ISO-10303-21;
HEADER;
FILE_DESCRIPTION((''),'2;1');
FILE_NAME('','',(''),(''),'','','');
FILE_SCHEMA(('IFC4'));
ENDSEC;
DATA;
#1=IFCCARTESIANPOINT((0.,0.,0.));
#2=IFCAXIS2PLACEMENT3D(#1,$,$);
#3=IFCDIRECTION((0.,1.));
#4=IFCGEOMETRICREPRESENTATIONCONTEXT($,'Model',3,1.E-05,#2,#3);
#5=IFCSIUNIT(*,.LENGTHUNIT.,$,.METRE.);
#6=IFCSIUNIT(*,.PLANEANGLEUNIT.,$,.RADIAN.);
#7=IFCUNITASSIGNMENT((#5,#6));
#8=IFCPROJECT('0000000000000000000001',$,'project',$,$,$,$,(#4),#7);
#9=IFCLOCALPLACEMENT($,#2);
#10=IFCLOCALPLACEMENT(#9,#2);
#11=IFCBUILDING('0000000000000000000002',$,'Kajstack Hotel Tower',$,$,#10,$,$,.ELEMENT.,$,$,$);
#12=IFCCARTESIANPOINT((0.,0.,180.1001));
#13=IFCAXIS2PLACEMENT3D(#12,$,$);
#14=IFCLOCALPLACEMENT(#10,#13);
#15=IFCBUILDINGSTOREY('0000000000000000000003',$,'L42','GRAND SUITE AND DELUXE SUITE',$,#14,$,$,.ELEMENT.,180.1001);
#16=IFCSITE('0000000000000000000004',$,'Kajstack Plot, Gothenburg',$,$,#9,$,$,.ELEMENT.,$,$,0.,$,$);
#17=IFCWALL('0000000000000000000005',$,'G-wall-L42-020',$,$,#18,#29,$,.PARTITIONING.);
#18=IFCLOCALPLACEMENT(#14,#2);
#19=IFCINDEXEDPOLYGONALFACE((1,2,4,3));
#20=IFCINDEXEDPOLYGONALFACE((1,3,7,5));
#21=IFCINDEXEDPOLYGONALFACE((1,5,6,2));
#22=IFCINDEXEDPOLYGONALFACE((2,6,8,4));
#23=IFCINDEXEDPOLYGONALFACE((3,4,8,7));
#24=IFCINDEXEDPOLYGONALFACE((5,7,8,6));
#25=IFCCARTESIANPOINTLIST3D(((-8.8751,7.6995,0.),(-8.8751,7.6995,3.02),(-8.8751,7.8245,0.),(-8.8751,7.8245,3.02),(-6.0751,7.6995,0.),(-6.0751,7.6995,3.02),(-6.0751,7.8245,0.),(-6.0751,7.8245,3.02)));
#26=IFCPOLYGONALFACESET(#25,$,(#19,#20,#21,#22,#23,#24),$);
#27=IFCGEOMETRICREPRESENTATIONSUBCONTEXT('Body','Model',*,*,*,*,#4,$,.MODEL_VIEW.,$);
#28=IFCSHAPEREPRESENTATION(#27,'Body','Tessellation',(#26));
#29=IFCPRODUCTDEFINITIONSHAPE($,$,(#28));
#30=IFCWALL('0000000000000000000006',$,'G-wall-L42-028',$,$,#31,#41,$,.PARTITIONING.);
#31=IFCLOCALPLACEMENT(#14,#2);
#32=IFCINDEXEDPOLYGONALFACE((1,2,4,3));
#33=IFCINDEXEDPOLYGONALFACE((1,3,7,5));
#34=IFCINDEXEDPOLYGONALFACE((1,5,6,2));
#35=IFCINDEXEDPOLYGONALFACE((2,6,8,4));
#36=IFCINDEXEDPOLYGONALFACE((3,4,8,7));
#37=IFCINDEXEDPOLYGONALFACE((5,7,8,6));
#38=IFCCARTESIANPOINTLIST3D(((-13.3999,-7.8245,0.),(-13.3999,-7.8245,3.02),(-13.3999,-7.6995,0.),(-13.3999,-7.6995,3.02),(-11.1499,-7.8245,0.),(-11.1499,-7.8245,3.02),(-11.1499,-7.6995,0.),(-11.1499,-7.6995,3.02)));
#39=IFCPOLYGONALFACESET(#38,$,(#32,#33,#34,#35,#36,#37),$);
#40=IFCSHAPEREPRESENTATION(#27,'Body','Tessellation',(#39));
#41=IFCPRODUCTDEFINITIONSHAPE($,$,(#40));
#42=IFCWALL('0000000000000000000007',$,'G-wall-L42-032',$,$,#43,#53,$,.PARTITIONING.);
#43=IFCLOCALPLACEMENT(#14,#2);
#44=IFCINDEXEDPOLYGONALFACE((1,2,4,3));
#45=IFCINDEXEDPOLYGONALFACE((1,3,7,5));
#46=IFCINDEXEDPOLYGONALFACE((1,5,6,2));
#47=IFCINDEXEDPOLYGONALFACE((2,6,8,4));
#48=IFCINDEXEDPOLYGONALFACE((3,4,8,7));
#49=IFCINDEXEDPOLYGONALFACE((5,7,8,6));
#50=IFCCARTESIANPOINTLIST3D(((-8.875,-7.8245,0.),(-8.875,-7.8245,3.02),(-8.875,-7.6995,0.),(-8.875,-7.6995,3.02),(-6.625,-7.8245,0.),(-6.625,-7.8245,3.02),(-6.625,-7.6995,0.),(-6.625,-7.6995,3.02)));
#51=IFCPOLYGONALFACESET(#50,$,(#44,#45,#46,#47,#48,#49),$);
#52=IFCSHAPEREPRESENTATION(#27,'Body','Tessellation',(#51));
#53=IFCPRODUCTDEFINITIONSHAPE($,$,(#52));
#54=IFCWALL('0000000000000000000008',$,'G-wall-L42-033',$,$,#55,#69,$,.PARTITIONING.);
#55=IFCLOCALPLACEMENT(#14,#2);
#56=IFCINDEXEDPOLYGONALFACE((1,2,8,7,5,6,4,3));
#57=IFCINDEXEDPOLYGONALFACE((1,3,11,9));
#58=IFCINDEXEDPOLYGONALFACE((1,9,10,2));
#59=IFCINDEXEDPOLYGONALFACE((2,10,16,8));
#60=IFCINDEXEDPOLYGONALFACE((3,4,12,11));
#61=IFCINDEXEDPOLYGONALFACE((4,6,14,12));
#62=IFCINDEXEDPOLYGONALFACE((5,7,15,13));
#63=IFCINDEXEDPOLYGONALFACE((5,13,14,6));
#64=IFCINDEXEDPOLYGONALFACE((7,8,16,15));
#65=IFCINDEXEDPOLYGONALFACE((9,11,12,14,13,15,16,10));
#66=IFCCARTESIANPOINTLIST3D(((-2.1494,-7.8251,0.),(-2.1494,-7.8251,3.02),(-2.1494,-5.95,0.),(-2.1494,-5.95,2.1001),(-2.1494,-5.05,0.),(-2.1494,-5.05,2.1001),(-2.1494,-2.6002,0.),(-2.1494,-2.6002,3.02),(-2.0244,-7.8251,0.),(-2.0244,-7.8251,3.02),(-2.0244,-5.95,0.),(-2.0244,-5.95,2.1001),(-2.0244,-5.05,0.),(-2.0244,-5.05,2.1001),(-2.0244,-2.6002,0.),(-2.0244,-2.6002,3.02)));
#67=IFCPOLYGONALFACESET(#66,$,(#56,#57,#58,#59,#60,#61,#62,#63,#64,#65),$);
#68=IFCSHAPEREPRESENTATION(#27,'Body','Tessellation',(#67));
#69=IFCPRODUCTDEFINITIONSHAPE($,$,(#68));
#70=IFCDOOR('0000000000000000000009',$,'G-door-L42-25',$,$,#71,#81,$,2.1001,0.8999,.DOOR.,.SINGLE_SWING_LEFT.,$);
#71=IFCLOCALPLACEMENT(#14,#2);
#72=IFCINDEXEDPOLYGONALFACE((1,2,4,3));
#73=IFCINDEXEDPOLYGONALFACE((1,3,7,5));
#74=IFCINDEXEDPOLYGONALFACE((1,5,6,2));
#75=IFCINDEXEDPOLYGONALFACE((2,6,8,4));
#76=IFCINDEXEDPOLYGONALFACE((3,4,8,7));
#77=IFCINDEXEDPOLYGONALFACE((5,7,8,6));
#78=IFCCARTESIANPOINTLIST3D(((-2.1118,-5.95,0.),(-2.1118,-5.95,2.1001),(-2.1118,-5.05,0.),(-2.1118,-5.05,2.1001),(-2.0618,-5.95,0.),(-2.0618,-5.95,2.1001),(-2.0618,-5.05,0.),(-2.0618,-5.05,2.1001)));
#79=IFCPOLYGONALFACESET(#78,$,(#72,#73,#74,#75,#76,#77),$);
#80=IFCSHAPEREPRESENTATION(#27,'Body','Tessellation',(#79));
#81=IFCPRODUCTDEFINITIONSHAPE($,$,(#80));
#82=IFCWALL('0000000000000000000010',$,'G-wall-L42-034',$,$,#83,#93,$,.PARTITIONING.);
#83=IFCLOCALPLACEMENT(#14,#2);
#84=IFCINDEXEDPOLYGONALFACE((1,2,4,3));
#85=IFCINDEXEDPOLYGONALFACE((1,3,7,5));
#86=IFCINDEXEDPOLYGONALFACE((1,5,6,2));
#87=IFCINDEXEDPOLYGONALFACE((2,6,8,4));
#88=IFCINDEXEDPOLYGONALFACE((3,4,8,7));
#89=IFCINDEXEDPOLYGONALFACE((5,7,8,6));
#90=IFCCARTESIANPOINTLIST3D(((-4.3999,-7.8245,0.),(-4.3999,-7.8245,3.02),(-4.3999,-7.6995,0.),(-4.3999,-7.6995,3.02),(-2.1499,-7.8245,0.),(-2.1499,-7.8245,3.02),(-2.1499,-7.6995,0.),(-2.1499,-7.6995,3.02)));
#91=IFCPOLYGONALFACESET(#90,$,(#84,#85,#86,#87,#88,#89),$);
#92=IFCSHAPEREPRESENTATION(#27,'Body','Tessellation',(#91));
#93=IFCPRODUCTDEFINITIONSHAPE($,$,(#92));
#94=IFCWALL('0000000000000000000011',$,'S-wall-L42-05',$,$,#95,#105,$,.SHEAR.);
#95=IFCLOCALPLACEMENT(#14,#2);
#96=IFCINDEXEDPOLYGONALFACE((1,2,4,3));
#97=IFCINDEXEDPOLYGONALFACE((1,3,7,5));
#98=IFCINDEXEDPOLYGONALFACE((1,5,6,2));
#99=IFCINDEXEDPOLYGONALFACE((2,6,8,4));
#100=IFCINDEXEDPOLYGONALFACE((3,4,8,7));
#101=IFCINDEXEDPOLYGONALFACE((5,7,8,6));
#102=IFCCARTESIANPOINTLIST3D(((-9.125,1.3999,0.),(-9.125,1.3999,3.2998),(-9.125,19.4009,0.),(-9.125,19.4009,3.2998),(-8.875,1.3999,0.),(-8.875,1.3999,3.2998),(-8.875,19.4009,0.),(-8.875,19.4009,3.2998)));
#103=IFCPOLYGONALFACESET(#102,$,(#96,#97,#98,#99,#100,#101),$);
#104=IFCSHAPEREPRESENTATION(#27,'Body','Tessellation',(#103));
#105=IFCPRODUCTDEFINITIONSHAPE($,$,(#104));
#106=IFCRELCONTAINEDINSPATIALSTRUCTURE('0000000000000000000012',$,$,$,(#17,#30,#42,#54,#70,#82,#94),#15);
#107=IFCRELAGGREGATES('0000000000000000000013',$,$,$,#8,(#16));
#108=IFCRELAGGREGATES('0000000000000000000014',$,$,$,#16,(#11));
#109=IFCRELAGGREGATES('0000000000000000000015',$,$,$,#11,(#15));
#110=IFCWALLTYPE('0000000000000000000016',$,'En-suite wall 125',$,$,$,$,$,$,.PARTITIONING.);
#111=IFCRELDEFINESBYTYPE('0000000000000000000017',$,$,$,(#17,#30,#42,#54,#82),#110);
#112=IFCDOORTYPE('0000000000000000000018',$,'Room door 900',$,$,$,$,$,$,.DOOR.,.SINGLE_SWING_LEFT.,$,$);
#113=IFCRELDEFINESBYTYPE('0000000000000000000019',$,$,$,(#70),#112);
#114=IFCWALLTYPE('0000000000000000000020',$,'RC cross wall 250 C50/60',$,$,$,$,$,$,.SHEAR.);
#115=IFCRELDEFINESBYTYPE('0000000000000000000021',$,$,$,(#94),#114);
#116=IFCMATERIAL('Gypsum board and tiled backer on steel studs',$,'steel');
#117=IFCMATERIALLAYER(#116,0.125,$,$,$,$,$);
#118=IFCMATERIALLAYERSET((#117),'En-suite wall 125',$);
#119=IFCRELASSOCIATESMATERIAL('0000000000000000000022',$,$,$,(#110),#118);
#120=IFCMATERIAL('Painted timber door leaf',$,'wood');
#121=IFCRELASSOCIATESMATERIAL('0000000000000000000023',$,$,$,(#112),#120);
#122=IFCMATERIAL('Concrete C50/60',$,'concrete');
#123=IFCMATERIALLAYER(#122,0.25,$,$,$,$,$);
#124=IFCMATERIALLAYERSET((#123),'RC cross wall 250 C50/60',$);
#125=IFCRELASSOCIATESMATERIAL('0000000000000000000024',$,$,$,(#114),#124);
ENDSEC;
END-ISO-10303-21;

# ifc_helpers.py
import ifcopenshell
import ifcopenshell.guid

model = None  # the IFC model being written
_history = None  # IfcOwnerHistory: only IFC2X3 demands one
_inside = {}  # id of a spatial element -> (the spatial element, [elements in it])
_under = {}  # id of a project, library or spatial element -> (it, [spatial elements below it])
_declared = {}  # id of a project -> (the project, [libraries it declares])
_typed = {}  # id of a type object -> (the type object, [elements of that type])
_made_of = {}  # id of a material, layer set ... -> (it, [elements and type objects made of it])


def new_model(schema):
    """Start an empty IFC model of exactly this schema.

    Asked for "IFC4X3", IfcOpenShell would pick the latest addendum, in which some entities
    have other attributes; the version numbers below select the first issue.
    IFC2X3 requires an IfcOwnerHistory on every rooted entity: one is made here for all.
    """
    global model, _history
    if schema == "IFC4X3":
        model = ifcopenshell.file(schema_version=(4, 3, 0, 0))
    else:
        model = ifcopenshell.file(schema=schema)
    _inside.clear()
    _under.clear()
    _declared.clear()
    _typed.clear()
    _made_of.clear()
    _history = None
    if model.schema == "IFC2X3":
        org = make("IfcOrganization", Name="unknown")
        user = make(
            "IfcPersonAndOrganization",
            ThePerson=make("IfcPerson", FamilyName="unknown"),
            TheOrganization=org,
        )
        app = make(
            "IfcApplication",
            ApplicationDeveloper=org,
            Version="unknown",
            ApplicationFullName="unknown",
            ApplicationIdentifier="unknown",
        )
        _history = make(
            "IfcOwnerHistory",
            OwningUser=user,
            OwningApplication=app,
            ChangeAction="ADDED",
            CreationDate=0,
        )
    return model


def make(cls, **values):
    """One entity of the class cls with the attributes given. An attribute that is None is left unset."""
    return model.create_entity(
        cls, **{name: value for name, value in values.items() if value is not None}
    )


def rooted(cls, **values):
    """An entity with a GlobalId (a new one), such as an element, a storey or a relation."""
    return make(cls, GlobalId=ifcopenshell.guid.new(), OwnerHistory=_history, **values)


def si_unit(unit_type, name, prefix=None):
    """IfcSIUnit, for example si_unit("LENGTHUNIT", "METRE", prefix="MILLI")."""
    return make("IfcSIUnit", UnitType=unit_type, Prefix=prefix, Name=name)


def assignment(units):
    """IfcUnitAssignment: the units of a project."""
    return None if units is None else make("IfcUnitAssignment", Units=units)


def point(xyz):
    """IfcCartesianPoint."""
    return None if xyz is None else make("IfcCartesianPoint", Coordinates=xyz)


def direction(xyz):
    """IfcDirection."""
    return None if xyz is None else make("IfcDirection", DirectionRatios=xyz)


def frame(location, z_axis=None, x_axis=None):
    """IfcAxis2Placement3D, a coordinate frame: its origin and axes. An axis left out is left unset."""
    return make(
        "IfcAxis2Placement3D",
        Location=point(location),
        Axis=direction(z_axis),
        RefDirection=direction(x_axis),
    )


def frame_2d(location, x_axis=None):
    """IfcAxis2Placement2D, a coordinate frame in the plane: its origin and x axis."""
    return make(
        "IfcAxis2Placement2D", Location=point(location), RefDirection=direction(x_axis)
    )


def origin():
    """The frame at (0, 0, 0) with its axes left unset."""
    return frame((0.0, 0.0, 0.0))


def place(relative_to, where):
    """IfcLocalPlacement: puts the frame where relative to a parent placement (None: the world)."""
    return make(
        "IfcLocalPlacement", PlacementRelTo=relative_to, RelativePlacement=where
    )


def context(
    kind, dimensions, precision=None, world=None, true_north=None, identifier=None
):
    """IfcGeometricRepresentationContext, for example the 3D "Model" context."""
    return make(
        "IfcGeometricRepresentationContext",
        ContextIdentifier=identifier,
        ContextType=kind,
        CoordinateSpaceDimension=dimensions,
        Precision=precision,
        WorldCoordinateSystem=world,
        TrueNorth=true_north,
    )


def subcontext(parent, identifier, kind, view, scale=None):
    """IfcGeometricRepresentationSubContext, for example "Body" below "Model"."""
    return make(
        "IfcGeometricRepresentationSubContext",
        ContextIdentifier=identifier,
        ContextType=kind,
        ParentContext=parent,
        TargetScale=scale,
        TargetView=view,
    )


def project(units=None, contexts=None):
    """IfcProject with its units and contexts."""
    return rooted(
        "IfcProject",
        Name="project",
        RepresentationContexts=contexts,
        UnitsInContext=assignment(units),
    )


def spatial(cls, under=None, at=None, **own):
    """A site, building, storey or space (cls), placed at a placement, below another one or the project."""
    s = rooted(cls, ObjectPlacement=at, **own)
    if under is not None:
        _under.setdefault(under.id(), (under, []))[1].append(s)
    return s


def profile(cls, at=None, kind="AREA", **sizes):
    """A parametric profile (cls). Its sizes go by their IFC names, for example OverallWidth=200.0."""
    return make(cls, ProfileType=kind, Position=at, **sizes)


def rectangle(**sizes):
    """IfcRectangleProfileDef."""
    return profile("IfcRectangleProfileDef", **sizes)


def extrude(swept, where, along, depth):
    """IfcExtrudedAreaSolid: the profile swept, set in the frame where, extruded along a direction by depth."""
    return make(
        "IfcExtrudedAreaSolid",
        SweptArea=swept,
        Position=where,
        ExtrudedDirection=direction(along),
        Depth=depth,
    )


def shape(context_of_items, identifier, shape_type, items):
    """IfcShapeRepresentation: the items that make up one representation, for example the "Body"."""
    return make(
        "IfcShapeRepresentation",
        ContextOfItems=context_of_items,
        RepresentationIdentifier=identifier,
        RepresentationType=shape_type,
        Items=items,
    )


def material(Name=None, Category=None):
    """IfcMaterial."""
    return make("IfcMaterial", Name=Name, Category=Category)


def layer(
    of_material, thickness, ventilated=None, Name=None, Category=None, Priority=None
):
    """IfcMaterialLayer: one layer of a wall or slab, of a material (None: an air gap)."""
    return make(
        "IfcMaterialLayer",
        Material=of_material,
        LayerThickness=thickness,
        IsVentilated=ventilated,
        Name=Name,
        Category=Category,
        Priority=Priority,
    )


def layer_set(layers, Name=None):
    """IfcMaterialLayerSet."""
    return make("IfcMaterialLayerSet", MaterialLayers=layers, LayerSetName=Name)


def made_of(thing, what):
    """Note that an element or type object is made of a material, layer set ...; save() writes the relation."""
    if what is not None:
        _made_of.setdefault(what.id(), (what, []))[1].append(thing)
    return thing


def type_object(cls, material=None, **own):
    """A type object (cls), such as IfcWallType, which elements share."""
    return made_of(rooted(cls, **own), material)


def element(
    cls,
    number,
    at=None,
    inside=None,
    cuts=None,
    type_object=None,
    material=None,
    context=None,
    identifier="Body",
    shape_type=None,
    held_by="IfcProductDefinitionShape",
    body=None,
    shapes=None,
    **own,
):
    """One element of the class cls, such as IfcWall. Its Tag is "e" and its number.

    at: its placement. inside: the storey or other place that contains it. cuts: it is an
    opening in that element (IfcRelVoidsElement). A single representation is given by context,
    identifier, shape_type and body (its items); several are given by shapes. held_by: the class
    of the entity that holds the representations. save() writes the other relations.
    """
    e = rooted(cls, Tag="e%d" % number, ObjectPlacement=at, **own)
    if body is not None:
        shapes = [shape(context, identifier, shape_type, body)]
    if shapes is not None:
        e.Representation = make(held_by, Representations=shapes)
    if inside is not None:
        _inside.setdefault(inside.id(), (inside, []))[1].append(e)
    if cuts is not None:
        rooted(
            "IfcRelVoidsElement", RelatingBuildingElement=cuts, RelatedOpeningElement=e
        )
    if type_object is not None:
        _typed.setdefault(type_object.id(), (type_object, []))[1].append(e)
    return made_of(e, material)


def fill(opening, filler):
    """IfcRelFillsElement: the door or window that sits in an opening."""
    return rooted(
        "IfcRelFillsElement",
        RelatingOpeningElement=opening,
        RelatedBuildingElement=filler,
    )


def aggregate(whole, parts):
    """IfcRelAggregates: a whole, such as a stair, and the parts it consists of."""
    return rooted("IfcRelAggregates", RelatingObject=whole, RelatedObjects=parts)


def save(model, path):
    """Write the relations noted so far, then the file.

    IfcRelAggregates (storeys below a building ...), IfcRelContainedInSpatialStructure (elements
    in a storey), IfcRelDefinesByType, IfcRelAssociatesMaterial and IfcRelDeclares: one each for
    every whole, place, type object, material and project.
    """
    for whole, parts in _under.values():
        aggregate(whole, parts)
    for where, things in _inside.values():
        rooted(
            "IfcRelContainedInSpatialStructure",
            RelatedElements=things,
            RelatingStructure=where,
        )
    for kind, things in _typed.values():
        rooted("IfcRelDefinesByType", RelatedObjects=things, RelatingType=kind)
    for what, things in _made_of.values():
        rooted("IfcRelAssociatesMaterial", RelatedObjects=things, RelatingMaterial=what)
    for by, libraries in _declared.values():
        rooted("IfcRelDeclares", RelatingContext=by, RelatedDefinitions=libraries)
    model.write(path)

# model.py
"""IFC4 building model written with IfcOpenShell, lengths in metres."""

from ifc_helpers import new_model, si_unit, direction, frame, frame_2d, origin, place, context, subcontext, project, spatial, rectangle, extrude, material, layer, layer_set, type_object, element, fill, save


model = new_model("IFC4")

# Units and contexts
model_context = context("Model", 3, precision=1e-05, world=origin(), true_north=direction((0.0, 1.0)))
body_context = subcontext(model_context, "Body", "Model", "MODEL_VIEW")
ifc_project = project(units=[si_unit("LENGTHUNIT", "METRE"), si_unit("PLANEANGLEUNIT", "RADIAN")], contexts=[model_context])

# Site, building, storey
site_placement = place(None, origin())
site = spatial("IfcSite", under=ifc_project, at=site_placement, Name="Kajstack Plot, Gothenburg", CompositionType="ELEMENT", RefElevation=0.0)
building_placement = place(site_placement, origin())
building = spatial("IfcBuilding", under=site, at=building_placement, Name="Kajstack Hotel Tower", CompositionType="ELEMENT")
storey_placement = place(building_placement, frame((0.0, 0.0, 180.1001)))
storey = spatial("IfcBuildingStorey", under=building, at=storey_placement, Name="L42", Description="GRAND SUITE AND DELUXE SUITE", CompositionType="ELEMENT", Elevation=180.1001)

# Shared definitions
ifc_material_1 = material(Name="Gypsum board and tiled backer on steel studs", Category="steel")
ifc_layer_1 = layer(ifc_material_1, 0.125)
ifc_layer_set_1 = layer_set([ifc_layer_1], Name="En-suite wall 125")
wall_type_1 = type_object("IfcWallType", Name="En-suite wall 125", PredefinedType="PARTITIONING", material=ifc_layer_set_1)
ifc_material_2 = material(Name="Painted timber door leaf", Category="wood")
door_type_1 = type_object("IfcDoorType", Name="Room door 900", OperationType="SINGLE_SWING_LEFT", PredefinedType="DOOR", material=ifc_material_2)

# Walls
wall_1_placement = place(storey_placement, frame((-8.875, 7.762, 0.0), z_axis=(0.0, 0.0, 1.0), x_axis=(1.0, 0.0, 0.0)))
element("IfcWall", 1, at=wall_1_placement, inside=storey, type_object=wall_type_1, Name="G-wall-L42-020", PredefinedType="PARTITIONING", context=body_context, shape_type="SweptSolid", body=[
    extrude(rectangle(XDim=2.8, YDim=0.125, at=frame_2d((1.3999, 0.0))), origin(), (0.0, 0.0, 1.0), 3.02),
])
for number, where, z_axis, x_axis, name in (
    (2, (-13.3999, -7.762, 0.0), (0.0, 0.0, 1.0), (1.0, 0.0, 0.0), "G-wall-L42-028"),
    (3, (-8.875, -7.762, 0.0), (0.0, 0.0, 1.0), (1.0, 0.0, 0.0), "G-wall-L42-032"),
):
    element("IfcWall", number, at=place(storey_placement, frame(where, z_axis=z_axis, x_axis=x_axis)), inside=storey, type_object=wall_type_1, Name=name, PredefinedType="PARTITIONING", context=body_context, shape_type="SweptSolid", body=[
        extrude(rectangle(XDim=2.25, YDim=0.125, at=frame_2d((1.125, 0.0))), origin(), (0.0, 0.0, 1.0), 3.02),
    ])

# Wall, opening, door
wall_2_placement = place(storey_placement, frame((-2.0869, -7.825, 0.0), z_axis=(0.0, 0.0, 1.0), x_axis=(0.0, 1.0, 0.0)))
wall_2 = element("IfcWall", 4, at=wall_2_placement, inside=storey, type_object=wall_type_1, Name="G-wall-L42-033", PredefinedType="PARTITIONING", context=body_context, shape_type="SweptSolid", body=[
    extrude(rectangle(XDim=5.2249, YDim=0.125, at=frame_2d((2.6123, 0.0))), origin(), (0.0, 0.0, 1.0), 3.02),
])
opening_1_placement = place(wall_2_placement, frame((1.875, 0.0, 0.0)))
opening_1 = element("IfcOpeningElement", 5, at=opening_1_placement, cuts=wall_2, PredefinedType="OPENING", context=body_context, shape_type="SweptSolid", body=[
    extrude(rectangle(XDim=0.8999, YDim=2.1001, at=frame_2d((0.45, 1.05))), frame((0.0, 0.0725, 0.0), z_axis=(0.0, -1.0, 0.0), x_axis=(1.0, 0.0, 0.0)), (0.0, 0.0, 1.0), 0.145),
])
door_1_placement = place(opening_1_placement, origin())
door_1 = element("IfcDoor", 6, at=door_1_placement, inside=storey, type_object=door_type_1, Name="G-door-L42-25", OperationType="SINGLE_SWING_LEFT", OverallHeight=2.1001, OverallWidth=0.8999, PredefinedType="DOOR", context=body_context, shape_type="SweptSolid", body=[
    extrude(rectangle(XDim=0.8999, YDim=2.1001, at=frame_2d((0.45, 1.05))), frame((0.0, 0.0249, 0.0), z_axis=(0.0, -1.0, 0.0), x_axis=(1.0, 0.0, 0.0)), (0.0, 0.0, 1.0), 0.05),
])
fill(opening_1, door_1)

# Walls
wall_3_placement = place(storey_placement, frame((-4.3999, -7.762, 0.0), z_axis=(0.0, 0.0, 1.0), x_axis=(1.0, 0.0, 0.0)))
element("IfcWall", 7, at=wall_3_placement, inside=storey, type_object=wall_type_1, Name="G-wall-L42-034", PredefinedType="PARTITIONING", context=body_context, shape_type="SweptSolid", body=[
    extrude(rectangle(XDim=2.25, YDim=0.125, at=frame_2d((1.125, 0.0))), origin(), (0.0, 0.0, 1.0), 3.02),
])
ifc_material_3 = material(Name="Concrete C50/60", Category="concrete")
ifc_layer_2 = layer(ifc_material_3, 0.25)
ifc_layer_set_2 = layer_set([ifc_layer_2], Name="RC cross wall 250 C50/60")
wall_type_2 = type_object("IfcWallType", Name="RC cross wall 250 C50/60", PredefinedType="SHEAR", material=ifc_layer_set_2)
wall_4_placement = place(storey_placement, frame((-9.0, 1.3999, 0.0), z_axis=(0.0, 0.0, 1.0), x_axis=(0.0, 1.0, 0.0)))
element("IfcWall", 8, at=wall_4_placement, inside=storey, type_object=wall_type_2, Name="S-wall-L42-05", PredefinedType="SHEAR", context=body_context, shape_type="SweptSolid", body=[
    extrude(rectangle(XDim=18.001, YDim=0.25, at=frame_2d((9.0005, 0.0))), origin(), (0.0, 0.0, 1.0), 3.2998),
])

save(model, "model.ifc")
